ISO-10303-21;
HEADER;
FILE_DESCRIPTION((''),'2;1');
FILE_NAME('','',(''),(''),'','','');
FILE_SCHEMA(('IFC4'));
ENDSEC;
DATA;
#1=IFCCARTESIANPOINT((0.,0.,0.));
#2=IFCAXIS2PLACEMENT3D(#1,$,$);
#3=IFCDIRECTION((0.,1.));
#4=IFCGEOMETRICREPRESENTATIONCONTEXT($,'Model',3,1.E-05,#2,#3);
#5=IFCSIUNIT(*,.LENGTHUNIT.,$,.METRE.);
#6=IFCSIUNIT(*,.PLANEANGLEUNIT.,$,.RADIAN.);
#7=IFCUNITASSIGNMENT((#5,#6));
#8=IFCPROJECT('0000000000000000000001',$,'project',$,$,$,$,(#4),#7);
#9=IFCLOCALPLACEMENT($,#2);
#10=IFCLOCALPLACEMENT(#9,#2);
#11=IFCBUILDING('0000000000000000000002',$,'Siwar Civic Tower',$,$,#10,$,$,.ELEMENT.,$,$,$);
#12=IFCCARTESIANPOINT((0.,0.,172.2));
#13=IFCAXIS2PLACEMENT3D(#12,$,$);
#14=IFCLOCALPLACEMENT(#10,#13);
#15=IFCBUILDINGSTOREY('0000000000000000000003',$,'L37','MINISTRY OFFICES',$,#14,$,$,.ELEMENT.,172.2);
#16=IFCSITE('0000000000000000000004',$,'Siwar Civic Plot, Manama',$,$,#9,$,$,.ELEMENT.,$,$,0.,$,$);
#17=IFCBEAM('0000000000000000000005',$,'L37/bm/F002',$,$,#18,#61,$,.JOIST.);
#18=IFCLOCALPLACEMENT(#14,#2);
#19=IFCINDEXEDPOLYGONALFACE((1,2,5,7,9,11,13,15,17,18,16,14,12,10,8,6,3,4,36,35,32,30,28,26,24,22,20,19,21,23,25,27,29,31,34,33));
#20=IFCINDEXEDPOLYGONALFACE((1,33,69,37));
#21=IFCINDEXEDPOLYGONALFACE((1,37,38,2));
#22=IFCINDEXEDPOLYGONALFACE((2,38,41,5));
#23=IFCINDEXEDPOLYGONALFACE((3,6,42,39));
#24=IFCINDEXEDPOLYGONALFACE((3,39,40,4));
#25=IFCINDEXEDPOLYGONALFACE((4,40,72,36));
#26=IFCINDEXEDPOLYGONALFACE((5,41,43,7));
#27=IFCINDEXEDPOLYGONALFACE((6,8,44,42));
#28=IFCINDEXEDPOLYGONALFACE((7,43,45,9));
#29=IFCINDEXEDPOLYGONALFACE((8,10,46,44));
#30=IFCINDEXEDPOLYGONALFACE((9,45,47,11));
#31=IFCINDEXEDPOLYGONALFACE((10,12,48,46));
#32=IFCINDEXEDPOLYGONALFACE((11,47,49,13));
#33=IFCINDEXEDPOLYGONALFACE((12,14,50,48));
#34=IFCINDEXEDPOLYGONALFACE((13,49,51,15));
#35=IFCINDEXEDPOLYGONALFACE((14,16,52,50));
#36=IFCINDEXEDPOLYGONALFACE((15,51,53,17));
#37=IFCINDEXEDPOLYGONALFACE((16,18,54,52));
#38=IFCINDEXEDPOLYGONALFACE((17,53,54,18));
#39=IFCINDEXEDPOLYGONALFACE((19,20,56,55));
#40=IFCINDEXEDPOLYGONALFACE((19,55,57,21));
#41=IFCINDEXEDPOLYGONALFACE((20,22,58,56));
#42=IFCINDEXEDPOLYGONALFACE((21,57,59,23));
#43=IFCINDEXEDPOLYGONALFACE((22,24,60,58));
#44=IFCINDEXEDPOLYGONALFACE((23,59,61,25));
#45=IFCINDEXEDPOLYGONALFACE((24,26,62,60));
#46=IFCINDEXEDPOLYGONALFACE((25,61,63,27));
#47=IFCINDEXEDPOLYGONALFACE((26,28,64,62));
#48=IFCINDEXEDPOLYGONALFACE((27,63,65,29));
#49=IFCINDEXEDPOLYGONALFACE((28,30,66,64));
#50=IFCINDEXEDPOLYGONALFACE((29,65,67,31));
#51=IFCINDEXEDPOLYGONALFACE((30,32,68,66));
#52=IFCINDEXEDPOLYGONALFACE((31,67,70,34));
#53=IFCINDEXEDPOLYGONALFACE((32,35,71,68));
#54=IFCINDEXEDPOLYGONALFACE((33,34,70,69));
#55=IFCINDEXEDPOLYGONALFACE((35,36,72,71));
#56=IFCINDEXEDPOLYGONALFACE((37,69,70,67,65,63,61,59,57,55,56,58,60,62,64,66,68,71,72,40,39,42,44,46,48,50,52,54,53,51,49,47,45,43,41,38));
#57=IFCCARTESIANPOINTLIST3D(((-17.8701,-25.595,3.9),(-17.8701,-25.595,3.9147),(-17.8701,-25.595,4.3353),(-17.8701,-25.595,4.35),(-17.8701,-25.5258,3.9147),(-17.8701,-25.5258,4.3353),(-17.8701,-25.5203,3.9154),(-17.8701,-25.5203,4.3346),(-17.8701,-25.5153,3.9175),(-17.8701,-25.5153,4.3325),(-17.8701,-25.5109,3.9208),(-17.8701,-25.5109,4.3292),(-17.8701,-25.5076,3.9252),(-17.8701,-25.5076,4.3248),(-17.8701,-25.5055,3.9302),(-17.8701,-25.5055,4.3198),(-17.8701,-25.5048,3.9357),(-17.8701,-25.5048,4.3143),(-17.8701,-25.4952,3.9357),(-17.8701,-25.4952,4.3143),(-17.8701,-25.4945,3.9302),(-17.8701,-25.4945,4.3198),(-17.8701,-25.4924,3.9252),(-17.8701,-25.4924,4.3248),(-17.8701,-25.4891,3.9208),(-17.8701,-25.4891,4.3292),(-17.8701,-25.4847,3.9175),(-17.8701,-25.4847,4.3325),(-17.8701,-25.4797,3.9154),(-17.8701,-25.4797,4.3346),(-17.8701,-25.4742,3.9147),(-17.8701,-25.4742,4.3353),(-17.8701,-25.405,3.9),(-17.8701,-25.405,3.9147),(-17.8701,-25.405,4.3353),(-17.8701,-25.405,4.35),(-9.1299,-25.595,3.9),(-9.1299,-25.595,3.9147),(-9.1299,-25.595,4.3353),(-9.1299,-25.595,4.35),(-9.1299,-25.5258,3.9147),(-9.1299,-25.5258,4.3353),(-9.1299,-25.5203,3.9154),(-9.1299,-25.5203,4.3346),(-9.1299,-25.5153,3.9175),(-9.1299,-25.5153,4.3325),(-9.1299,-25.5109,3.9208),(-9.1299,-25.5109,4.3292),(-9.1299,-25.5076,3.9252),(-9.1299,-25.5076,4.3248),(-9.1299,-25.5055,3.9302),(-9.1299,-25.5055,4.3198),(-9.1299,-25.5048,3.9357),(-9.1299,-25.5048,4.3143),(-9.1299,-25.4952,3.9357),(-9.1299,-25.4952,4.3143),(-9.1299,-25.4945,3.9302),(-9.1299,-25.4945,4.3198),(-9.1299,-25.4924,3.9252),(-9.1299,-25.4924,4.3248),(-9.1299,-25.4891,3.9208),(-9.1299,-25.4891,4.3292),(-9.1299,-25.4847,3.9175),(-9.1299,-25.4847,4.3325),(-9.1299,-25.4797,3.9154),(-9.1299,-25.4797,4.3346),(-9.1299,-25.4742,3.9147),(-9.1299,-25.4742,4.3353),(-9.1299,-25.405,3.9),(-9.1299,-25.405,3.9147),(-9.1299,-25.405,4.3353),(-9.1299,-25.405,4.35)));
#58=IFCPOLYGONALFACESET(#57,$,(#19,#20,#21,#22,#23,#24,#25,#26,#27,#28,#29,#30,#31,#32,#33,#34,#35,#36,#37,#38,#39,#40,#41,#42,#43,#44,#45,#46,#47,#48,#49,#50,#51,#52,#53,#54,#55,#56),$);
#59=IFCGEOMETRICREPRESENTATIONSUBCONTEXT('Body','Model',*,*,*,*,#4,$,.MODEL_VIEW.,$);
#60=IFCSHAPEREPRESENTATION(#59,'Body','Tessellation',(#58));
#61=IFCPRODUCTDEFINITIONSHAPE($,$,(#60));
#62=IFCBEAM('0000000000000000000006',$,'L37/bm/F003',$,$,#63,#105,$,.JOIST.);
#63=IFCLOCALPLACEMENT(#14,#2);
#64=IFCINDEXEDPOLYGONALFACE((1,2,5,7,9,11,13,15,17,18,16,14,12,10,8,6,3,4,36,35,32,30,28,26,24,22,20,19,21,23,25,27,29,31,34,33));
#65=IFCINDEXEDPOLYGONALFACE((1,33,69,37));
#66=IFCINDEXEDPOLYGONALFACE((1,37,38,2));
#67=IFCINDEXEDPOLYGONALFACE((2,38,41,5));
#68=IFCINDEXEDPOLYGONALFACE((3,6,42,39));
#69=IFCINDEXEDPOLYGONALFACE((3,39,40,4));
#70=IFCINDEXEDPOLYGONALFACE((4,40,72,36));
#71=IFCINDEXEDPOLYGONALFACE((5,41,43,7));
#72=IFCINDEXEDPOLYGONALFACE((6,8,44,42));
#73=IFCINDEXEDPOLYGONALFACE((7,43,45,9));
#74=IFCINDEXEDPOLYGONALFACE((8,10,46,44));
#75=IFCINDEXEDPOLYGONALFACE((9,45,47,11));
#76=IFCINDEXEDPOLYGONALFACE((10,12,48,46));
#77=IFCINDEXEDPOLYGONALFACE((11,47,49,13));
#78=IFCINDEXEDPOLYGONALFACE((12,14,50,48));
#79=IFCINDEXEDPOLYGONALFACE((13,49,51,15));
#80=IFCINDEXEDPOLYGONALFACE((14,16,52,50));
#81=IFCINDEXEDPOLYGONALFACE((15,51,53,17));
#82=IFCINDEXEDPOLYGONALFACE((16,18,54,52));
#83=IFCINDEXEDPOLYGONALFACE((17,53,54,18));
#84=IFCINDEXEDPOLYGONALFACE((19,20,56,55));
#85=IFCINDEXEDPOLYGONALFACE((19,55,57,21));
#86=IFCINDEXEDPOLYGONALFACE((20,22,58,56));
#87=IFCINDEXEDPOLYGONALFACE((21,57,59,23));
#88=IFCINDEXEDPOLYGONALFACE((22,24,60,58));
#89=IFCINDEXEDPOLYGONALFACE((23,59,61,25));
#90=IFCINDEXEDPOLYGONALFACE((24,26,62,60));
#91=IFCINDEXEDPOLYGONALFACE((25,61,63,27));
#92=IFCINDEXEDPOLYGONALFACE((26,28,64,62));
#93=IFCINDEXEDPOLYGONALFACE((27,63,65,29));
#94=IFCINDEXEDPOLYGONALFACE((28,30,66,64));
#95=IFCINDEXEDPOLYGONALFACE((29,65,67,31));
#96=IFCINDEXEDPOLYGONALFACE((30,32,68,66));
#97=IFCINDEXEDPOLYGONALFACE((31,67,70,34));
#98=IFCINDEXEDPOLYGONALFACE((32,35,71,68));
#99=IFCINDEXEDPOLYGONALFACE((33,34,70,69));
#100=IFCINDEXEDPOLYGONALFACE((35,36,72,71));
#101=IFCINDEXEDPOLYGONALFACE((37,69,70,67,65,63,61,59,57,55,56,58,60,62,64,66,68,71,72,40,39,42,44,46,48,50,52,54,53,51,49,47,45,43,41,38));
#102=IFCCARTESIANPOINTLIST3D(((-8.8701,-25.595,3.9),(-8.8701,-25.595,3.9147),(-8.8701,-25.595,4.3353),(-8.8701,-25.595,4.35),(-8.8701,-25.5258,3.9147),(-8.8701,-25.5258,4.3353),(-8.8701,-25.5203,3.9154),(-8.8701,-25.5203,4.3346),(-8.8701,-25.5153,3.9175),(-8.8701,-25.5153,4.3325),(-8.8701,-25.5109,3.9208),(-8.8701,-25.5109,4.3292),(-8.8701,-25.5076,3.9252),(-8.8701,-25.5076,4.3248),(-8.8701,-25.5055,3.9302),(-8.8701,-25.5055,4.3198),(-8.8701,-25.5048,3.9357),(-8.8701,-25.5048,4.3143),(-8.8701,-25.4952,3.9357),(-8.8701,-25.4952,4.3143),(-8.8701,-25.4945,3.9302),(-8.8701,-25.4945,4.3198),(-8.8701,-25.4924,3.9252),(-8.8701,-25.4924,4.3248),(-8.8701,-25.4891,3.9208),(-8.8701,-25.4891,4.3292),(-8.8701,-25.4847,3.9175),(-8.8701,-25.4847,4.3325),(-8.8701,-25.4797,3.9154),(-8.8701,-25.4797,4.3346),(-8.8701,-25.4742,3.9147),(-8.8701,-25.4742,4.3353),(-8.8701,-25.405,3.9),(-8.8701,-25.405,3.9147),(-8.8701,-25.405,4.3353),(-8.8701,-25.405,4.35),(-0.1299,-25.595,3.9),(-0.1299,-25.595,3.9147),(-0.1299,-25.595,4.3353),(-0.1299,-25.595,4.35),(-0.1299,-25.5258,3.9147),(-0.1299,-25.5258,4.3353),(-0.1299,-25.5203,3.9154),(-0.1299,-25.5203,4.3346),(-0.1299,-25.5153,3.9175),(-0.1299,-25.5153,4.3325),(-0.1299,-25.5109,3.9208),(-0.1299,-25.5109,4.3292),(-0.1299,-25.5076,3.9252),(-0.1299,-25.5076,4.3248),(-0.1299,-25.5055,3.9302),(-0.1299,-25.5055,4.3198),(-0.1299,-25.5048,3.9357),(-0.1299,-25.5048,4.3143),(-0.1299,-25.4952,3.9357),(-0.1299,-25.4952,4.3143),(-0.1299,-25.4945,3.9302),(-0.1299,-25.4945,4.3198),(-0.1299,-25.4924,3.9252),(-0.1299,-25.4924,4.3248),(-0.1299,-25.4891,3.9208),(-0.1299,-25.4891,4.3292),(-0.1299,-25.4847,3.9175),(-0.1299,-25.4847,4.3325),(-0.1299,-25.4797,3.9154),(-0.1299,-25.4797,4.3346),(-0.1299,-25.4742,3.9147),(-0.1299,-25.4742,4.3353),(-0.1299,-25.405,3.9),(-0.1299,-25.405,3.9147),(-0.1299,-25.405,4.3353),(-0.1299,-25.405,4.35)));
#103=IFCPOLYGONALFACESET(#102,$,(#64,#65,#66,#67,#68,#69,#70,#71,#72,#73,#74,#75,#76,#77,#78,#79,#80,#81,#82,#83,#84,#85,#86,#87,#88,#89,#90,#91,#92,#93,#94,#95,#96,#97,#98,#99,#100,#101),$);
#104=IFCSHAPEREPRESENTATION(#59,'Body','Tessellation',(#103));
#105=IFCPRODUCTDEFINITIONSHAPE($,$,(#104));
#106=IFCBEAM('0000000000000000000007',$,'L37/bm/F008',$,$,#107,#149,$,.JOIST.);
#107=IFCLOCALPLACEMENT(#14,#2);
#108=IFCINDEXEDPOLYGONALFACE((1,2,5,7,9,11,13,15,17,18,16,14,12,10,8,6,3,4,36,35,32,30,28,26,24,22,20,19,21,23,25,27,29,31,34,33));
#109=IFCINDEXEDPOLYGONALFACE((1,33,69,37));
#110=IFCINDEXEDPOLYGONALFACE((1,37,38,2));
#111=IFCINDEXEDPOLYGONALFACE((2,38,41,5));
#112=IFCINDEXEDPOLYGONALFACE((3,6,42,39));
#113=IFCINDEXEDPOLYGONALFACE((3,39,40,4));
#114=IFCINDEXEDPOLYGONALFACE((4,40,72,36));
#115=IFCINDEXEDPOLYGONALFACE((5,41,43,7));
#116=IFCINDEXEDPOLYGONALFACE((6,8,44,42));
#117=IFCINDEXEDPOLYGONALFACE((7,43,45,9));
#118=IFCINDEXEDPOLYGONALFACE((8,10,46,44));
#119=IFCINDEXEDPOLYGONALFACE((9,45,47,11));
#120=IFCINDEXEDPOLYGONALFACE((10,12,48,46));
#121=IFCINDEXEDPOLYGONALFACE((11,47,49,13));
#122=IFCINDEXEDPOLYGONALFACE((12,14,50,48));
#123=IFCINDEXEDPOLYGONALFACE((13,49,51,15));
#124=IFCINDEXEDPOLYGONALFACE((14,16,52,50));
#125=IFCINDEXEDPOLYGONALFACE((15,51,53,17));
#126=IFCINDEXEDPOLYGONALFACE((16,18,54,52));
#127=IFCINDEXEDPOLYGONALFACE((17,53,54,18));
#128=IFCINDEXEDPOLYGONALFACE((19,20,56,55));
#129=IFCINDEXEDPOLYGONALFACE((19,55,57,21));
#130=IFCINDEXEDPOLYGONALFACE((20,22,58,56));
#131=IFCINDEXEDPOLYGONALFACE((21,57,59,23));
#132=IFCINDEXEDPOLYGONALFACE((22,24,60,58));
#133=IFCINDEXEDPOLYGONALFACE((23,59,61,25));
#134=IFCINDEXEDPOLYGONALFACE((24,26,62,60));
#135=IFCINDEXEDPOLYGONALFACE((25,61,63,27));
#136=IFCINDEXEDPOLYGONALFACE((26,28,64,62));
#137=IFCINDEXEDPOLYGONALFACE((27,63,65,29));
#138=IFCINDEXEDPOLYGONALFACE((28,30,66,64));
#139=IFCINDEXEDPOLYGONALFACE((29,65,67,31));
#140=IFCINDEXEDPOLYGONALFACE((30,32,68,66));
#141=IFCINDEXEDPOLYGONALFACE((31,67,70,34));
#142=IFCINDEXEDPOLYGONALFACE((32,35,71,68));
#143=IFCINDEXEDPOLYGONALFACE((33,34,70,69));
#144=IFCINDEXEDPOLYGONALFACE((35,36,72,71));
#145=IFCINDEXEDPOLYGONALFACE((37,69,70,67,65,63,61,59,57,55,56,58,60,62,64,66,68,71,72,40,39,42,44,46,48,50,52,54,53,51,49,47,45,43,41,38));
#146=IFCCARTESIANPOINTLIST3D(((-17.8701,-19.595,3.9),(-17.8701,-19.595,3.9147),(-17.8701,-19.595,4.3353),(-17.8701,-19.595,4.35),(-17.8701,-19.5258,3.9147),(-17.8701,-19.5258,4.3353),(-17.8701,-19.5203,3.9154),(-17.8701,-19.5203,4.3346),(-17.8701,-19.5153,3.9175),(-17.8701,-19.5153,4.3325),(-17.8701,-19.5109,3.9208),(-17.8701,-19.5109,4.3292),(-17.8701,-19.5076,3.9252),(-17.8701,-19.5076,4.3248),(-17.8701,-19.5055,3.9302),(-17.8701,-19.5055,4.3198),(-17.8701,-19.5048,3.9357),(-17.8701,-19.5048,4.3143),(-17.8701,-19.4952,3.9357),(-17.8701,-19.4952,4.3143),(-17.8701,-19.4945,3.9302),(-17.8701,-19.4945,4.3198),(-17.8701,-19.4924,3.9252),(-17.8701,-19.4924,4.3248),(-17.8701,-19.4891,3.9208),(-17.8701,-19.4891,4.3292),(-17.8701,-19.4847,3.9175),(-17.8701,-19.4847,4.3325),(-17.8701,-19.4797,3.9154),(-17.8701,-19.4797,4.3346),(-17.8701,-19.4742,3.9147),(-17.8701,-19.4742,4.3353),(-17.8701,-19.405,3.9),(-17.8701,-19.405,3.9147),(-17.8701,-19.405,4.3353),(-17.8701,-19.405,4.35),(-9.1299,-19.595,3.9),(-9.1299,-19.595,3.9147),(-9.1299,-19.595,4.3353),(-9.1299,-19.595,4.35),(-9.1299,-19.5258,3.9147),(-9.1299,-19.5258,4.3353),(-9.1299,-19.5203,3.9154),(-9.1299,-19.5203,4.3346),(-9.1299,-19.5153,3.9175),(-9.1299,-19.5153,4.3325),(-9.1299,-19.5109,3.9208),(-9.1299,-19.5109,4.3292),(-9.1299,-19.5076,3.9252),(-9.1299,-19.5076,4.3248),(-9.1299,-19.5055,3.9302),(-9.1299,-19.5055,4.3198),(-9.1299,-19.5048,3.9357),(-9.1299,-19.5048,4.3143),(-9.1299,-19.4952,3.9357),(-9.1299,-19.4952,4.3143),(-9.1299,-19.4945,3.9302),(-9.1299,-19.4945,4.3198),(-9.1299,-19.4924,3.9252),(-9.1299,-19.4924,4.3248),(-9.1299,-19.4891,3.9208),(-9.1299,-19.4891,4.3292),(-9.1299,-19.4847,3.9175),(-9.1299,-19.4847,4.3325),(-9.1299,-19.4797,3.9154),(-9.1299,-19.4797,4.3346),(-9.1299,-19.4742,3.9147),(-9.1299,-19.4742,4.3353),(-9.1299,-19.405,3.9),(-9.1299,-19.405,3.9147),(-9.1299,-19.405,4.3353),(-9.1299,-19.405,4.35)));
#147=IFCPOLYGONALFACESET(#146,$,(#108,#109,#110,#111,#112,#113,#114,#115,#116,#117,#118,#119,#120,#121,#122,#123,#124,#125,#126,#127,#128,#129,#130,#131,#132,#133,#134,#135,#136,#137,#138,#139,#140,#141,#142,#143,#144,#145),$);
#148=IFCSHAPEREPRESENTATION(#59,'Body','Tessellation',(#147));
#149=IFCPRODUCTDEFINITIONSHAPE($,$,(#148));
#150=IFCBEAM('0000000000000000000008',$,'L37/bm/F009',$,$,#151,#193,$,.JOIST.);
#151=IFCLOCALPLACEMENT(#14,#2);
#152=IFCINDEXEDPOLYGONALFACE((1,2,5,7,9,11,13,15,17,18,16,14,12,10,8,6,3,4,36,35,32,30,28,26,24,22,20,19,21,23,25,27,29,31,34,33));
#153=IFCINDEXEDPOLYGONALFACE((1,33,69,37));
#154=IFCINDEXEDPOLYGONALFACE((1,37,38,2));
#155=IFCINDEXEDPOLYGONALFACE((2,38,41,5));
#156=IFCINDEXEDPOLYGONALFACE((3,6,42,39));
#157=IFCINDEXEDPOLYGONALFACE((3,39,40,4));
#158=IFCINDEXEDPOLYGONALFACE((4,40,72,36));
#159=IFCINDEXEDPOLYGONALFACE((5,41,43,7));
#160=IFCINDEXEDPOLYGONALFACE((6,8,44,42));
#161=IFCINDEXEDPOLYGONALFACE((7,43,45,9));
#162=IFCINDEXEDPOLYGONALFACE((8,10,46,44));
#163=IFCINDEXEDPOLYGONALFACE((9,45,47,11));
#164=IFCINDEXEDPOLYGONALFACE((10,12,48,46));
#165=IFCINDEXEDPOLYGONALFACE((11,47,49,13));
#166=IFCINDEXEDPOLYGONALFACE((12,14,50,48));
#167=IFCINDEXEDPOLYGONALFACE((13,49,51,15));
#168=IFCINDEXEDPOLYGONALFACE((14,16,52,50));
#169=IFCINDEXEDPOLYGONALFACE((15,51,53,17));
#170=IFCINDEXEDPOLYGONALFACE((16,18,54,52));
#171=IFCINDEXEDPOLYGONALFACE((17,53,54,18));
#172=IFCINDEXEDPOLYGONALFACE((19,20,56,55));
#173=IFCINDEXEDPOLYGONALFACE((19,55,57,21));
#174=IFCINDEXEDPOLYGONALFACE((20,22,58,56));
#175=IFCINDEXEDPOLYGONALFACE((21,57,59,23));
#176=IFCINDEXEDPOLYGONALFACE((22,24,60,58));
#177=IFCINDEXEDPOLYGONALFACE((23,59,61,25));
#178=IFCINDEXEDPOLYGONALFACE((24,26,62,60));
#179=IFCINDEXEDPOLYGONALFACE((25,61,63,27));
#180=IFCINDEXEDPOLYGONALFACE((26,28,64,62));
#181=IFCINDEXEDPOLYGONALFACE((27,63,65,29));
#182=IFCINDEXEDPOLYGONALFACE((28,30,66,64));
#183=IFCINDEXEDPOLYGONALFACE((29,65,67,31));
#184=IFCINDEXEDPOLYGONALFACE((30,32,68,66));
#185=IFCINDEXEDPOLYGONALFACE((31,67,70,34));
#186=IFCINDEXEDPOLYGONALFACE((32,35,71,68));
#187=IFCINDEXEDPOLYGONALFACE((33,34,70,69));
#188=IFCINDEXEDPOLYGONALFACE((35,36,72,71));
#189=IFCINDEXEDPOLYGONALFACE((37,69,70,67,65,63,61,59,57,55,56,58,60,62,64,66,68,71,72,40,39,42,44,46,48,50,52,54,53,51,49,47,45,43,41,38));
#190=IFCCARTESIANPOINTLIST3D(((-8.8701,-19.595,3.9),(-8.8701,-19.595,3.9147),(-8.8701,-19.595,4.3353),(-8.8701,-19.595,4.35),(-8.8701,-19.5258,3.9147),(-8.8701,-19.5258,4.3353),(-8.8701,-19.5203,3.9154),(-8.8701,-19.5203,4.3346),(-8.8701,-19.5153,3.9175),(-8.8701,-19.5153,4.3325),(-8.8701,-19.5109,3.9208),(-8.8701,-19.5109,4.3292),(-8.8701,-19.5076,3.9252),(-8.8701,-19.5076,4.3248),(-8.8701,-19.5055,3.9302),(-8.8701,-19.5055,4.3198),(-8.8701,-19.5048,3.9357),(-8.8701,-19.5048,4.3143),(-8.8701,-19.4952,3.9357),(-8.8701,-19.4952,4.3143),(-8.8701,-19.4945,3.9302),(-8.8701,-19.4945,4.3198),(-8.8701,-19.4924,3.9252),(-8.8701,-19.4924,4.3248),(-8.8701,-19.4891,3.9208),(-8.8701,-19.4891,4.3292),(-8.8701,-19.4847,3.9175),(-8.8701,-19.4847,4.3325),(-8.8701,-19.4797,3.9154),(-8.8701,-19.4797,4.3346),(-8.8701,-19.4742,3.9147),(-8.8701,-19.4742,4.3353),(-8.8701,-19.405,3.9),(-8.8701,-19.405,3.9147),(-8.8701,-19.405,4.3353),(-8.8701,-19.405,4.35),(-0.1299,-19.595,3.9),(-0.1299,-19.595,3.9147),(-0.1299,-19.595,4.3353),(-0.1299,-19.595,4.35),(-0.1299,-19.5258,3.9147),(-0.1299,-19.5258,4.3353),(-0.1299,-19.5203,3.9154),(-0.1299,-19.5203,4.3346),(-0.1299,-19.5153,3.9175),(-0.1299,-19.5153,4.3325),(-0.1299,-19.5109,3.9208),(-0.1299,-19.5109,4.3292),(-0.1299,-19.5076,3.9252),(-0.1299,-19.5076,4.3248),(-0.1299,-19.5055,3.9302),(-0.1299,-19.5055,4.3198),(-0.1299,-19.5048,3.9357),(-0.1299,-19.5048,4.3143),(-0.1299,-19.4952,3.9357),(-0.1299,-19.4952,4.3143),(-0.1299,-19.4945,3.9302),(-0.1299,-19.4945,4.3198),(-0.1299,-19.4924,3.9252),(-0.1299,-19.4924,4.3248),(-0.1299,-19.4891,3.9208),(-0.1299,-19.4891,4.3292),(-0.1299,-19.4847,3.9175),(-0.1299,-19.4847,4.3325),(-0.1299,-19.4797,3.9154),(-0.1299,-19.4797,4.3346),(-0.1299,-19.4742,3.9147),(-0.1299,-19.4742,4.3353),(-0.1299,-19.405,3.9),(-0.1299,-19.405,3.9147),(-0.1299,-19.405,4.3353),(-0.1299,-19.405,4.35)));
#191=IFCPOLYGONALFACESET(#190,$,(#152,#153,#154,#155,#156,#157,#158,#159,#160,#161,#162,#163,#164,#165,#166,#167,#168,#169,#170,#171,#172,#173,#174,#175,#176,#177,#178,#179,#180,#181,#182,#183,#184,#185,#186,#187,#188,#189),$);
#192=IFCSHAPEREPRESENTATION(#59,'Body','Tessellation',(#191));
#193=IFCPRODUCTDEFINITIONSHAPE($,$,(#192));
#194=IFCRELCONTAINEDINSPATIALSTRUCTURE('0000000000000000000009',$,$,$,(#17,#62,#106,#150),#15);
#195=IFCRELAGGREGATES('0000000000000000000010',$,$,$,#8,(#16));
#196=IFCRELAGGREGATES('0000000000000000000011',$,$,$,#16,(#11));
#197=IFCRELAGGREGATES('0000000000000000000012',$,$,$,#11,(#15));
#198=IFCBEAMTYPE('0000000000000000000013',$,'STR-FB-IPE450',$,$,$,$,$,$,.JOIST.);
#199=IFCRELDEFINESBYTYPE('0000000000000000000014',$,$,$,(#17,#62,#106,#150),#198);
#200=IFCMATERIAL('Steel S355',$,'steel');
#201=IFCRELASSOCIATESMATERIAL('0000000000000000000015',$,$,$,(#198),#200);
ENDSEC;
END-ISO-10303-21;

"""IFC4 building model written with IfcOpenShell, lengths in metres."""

from ifc_helpers import new_model, si_unit, direction, frame, origin, origin_2d, place, context, subcontext, project, spatial, i_section, extrude, material, material_profile, profile_set, type_object, element, save


model = new_model("IFC4")

# Units and contexts
model_context = context("Model", 3, precision=1e-05, world=origin(), true_north=direction((0.0, 1.0)))
body_context = subcontext(model_context, "Body", "Model", "MODEL_VIEW")
ifc_project = project(units=[si_unit("LENGTHUNIT", "METRE"), si_unit("PLANEANGLEUNIT", "RADIAN")], contexts=[model_context])

# Site, building, storey
site_placement = place(None, origin())
site = spatial("IfcSite", under=ifc_project, at=site_placement, Name="Siwar Civic Plot, Manama", CompositionType="ELEMENT", RefElevation=0.0)
building_placement = place(site_placement, origin())
building = spatial("IfcBuilding", under=site, at=building_placement, Name="Siwar Civic Tower", CompositionType="ELEMENT")
storey_placement = place(building_placement, frame((0.0, 0.0, 172.2)))
storey = spatial("IfcBuildingStorey", under=building, at=storey_placement, Name="L37", Description="MINISTRY OFFICES", CompositionType="ELEMENT", Elevation=172.2)

# Beams
ifc_material_1 = material(Name="Steel S355", Category="steel")
ifc_material_profile_1 = material_profile(ifc_material_1, i_section(OverallWidth=0.1899, OverallDepth=0.45, WebThickness=0.0095, FlangeThickness=0.0146, FilletRadius=0.021, at=origin_2d()), Name="IPE450")
ifc_profile_set_1 = profile_set([ifc_material_profile_1], Name="Steel S355")
beam_type_1 = type_object("IfcBeamType", Name="STR-FB-IPE450", PredefinedType="JOIST", material=ifc_profile_set_1)
for number, where, z_axis, x_axis, name in (
    (1, (-17.8701, -25.5, 4.125), (1.0, 0.0, 0.0), (0.0, 1.0, 0.0), "L37/bm/F002"),
    (2, (-8.8701, -25.5, 4.125), (1.0, 0.0, 0.0), (0.0, 1.0, 0.0), "L37/bm/F003"),
    (3, (-17.8701, -19.5, 4.125), (1.0, 0.0, 0.0), (0.0, 1.0, 0.0), "L37/bm/F008"),
    (4, (-8.8701, -19.5, 4.125), (1.0, 0.0, 0.0), (0.0, 1.0, 0.0), "L37/bm/F009"),
):
    element("IfcBeam", number, at=place(storey_placement, frame(where, z_axis=z_axis, x_axis=x_axis)), inside=storey, type_object=beam_type_1, Name=name, PredefinedType="JOIST", context=body_context, shape_type="SweptSolid", body=[
        extrude(i_section(OverallWidth=0.1899, OverallDepth=0.45, WebThickness=0.0095, FlangeThickness=0.0146, FilletRadius=0.021, at=origin_2d()), origin(), (0.0, 0.0, 1.0), 8.7402),
    ])

save(model, "model.ifc")
